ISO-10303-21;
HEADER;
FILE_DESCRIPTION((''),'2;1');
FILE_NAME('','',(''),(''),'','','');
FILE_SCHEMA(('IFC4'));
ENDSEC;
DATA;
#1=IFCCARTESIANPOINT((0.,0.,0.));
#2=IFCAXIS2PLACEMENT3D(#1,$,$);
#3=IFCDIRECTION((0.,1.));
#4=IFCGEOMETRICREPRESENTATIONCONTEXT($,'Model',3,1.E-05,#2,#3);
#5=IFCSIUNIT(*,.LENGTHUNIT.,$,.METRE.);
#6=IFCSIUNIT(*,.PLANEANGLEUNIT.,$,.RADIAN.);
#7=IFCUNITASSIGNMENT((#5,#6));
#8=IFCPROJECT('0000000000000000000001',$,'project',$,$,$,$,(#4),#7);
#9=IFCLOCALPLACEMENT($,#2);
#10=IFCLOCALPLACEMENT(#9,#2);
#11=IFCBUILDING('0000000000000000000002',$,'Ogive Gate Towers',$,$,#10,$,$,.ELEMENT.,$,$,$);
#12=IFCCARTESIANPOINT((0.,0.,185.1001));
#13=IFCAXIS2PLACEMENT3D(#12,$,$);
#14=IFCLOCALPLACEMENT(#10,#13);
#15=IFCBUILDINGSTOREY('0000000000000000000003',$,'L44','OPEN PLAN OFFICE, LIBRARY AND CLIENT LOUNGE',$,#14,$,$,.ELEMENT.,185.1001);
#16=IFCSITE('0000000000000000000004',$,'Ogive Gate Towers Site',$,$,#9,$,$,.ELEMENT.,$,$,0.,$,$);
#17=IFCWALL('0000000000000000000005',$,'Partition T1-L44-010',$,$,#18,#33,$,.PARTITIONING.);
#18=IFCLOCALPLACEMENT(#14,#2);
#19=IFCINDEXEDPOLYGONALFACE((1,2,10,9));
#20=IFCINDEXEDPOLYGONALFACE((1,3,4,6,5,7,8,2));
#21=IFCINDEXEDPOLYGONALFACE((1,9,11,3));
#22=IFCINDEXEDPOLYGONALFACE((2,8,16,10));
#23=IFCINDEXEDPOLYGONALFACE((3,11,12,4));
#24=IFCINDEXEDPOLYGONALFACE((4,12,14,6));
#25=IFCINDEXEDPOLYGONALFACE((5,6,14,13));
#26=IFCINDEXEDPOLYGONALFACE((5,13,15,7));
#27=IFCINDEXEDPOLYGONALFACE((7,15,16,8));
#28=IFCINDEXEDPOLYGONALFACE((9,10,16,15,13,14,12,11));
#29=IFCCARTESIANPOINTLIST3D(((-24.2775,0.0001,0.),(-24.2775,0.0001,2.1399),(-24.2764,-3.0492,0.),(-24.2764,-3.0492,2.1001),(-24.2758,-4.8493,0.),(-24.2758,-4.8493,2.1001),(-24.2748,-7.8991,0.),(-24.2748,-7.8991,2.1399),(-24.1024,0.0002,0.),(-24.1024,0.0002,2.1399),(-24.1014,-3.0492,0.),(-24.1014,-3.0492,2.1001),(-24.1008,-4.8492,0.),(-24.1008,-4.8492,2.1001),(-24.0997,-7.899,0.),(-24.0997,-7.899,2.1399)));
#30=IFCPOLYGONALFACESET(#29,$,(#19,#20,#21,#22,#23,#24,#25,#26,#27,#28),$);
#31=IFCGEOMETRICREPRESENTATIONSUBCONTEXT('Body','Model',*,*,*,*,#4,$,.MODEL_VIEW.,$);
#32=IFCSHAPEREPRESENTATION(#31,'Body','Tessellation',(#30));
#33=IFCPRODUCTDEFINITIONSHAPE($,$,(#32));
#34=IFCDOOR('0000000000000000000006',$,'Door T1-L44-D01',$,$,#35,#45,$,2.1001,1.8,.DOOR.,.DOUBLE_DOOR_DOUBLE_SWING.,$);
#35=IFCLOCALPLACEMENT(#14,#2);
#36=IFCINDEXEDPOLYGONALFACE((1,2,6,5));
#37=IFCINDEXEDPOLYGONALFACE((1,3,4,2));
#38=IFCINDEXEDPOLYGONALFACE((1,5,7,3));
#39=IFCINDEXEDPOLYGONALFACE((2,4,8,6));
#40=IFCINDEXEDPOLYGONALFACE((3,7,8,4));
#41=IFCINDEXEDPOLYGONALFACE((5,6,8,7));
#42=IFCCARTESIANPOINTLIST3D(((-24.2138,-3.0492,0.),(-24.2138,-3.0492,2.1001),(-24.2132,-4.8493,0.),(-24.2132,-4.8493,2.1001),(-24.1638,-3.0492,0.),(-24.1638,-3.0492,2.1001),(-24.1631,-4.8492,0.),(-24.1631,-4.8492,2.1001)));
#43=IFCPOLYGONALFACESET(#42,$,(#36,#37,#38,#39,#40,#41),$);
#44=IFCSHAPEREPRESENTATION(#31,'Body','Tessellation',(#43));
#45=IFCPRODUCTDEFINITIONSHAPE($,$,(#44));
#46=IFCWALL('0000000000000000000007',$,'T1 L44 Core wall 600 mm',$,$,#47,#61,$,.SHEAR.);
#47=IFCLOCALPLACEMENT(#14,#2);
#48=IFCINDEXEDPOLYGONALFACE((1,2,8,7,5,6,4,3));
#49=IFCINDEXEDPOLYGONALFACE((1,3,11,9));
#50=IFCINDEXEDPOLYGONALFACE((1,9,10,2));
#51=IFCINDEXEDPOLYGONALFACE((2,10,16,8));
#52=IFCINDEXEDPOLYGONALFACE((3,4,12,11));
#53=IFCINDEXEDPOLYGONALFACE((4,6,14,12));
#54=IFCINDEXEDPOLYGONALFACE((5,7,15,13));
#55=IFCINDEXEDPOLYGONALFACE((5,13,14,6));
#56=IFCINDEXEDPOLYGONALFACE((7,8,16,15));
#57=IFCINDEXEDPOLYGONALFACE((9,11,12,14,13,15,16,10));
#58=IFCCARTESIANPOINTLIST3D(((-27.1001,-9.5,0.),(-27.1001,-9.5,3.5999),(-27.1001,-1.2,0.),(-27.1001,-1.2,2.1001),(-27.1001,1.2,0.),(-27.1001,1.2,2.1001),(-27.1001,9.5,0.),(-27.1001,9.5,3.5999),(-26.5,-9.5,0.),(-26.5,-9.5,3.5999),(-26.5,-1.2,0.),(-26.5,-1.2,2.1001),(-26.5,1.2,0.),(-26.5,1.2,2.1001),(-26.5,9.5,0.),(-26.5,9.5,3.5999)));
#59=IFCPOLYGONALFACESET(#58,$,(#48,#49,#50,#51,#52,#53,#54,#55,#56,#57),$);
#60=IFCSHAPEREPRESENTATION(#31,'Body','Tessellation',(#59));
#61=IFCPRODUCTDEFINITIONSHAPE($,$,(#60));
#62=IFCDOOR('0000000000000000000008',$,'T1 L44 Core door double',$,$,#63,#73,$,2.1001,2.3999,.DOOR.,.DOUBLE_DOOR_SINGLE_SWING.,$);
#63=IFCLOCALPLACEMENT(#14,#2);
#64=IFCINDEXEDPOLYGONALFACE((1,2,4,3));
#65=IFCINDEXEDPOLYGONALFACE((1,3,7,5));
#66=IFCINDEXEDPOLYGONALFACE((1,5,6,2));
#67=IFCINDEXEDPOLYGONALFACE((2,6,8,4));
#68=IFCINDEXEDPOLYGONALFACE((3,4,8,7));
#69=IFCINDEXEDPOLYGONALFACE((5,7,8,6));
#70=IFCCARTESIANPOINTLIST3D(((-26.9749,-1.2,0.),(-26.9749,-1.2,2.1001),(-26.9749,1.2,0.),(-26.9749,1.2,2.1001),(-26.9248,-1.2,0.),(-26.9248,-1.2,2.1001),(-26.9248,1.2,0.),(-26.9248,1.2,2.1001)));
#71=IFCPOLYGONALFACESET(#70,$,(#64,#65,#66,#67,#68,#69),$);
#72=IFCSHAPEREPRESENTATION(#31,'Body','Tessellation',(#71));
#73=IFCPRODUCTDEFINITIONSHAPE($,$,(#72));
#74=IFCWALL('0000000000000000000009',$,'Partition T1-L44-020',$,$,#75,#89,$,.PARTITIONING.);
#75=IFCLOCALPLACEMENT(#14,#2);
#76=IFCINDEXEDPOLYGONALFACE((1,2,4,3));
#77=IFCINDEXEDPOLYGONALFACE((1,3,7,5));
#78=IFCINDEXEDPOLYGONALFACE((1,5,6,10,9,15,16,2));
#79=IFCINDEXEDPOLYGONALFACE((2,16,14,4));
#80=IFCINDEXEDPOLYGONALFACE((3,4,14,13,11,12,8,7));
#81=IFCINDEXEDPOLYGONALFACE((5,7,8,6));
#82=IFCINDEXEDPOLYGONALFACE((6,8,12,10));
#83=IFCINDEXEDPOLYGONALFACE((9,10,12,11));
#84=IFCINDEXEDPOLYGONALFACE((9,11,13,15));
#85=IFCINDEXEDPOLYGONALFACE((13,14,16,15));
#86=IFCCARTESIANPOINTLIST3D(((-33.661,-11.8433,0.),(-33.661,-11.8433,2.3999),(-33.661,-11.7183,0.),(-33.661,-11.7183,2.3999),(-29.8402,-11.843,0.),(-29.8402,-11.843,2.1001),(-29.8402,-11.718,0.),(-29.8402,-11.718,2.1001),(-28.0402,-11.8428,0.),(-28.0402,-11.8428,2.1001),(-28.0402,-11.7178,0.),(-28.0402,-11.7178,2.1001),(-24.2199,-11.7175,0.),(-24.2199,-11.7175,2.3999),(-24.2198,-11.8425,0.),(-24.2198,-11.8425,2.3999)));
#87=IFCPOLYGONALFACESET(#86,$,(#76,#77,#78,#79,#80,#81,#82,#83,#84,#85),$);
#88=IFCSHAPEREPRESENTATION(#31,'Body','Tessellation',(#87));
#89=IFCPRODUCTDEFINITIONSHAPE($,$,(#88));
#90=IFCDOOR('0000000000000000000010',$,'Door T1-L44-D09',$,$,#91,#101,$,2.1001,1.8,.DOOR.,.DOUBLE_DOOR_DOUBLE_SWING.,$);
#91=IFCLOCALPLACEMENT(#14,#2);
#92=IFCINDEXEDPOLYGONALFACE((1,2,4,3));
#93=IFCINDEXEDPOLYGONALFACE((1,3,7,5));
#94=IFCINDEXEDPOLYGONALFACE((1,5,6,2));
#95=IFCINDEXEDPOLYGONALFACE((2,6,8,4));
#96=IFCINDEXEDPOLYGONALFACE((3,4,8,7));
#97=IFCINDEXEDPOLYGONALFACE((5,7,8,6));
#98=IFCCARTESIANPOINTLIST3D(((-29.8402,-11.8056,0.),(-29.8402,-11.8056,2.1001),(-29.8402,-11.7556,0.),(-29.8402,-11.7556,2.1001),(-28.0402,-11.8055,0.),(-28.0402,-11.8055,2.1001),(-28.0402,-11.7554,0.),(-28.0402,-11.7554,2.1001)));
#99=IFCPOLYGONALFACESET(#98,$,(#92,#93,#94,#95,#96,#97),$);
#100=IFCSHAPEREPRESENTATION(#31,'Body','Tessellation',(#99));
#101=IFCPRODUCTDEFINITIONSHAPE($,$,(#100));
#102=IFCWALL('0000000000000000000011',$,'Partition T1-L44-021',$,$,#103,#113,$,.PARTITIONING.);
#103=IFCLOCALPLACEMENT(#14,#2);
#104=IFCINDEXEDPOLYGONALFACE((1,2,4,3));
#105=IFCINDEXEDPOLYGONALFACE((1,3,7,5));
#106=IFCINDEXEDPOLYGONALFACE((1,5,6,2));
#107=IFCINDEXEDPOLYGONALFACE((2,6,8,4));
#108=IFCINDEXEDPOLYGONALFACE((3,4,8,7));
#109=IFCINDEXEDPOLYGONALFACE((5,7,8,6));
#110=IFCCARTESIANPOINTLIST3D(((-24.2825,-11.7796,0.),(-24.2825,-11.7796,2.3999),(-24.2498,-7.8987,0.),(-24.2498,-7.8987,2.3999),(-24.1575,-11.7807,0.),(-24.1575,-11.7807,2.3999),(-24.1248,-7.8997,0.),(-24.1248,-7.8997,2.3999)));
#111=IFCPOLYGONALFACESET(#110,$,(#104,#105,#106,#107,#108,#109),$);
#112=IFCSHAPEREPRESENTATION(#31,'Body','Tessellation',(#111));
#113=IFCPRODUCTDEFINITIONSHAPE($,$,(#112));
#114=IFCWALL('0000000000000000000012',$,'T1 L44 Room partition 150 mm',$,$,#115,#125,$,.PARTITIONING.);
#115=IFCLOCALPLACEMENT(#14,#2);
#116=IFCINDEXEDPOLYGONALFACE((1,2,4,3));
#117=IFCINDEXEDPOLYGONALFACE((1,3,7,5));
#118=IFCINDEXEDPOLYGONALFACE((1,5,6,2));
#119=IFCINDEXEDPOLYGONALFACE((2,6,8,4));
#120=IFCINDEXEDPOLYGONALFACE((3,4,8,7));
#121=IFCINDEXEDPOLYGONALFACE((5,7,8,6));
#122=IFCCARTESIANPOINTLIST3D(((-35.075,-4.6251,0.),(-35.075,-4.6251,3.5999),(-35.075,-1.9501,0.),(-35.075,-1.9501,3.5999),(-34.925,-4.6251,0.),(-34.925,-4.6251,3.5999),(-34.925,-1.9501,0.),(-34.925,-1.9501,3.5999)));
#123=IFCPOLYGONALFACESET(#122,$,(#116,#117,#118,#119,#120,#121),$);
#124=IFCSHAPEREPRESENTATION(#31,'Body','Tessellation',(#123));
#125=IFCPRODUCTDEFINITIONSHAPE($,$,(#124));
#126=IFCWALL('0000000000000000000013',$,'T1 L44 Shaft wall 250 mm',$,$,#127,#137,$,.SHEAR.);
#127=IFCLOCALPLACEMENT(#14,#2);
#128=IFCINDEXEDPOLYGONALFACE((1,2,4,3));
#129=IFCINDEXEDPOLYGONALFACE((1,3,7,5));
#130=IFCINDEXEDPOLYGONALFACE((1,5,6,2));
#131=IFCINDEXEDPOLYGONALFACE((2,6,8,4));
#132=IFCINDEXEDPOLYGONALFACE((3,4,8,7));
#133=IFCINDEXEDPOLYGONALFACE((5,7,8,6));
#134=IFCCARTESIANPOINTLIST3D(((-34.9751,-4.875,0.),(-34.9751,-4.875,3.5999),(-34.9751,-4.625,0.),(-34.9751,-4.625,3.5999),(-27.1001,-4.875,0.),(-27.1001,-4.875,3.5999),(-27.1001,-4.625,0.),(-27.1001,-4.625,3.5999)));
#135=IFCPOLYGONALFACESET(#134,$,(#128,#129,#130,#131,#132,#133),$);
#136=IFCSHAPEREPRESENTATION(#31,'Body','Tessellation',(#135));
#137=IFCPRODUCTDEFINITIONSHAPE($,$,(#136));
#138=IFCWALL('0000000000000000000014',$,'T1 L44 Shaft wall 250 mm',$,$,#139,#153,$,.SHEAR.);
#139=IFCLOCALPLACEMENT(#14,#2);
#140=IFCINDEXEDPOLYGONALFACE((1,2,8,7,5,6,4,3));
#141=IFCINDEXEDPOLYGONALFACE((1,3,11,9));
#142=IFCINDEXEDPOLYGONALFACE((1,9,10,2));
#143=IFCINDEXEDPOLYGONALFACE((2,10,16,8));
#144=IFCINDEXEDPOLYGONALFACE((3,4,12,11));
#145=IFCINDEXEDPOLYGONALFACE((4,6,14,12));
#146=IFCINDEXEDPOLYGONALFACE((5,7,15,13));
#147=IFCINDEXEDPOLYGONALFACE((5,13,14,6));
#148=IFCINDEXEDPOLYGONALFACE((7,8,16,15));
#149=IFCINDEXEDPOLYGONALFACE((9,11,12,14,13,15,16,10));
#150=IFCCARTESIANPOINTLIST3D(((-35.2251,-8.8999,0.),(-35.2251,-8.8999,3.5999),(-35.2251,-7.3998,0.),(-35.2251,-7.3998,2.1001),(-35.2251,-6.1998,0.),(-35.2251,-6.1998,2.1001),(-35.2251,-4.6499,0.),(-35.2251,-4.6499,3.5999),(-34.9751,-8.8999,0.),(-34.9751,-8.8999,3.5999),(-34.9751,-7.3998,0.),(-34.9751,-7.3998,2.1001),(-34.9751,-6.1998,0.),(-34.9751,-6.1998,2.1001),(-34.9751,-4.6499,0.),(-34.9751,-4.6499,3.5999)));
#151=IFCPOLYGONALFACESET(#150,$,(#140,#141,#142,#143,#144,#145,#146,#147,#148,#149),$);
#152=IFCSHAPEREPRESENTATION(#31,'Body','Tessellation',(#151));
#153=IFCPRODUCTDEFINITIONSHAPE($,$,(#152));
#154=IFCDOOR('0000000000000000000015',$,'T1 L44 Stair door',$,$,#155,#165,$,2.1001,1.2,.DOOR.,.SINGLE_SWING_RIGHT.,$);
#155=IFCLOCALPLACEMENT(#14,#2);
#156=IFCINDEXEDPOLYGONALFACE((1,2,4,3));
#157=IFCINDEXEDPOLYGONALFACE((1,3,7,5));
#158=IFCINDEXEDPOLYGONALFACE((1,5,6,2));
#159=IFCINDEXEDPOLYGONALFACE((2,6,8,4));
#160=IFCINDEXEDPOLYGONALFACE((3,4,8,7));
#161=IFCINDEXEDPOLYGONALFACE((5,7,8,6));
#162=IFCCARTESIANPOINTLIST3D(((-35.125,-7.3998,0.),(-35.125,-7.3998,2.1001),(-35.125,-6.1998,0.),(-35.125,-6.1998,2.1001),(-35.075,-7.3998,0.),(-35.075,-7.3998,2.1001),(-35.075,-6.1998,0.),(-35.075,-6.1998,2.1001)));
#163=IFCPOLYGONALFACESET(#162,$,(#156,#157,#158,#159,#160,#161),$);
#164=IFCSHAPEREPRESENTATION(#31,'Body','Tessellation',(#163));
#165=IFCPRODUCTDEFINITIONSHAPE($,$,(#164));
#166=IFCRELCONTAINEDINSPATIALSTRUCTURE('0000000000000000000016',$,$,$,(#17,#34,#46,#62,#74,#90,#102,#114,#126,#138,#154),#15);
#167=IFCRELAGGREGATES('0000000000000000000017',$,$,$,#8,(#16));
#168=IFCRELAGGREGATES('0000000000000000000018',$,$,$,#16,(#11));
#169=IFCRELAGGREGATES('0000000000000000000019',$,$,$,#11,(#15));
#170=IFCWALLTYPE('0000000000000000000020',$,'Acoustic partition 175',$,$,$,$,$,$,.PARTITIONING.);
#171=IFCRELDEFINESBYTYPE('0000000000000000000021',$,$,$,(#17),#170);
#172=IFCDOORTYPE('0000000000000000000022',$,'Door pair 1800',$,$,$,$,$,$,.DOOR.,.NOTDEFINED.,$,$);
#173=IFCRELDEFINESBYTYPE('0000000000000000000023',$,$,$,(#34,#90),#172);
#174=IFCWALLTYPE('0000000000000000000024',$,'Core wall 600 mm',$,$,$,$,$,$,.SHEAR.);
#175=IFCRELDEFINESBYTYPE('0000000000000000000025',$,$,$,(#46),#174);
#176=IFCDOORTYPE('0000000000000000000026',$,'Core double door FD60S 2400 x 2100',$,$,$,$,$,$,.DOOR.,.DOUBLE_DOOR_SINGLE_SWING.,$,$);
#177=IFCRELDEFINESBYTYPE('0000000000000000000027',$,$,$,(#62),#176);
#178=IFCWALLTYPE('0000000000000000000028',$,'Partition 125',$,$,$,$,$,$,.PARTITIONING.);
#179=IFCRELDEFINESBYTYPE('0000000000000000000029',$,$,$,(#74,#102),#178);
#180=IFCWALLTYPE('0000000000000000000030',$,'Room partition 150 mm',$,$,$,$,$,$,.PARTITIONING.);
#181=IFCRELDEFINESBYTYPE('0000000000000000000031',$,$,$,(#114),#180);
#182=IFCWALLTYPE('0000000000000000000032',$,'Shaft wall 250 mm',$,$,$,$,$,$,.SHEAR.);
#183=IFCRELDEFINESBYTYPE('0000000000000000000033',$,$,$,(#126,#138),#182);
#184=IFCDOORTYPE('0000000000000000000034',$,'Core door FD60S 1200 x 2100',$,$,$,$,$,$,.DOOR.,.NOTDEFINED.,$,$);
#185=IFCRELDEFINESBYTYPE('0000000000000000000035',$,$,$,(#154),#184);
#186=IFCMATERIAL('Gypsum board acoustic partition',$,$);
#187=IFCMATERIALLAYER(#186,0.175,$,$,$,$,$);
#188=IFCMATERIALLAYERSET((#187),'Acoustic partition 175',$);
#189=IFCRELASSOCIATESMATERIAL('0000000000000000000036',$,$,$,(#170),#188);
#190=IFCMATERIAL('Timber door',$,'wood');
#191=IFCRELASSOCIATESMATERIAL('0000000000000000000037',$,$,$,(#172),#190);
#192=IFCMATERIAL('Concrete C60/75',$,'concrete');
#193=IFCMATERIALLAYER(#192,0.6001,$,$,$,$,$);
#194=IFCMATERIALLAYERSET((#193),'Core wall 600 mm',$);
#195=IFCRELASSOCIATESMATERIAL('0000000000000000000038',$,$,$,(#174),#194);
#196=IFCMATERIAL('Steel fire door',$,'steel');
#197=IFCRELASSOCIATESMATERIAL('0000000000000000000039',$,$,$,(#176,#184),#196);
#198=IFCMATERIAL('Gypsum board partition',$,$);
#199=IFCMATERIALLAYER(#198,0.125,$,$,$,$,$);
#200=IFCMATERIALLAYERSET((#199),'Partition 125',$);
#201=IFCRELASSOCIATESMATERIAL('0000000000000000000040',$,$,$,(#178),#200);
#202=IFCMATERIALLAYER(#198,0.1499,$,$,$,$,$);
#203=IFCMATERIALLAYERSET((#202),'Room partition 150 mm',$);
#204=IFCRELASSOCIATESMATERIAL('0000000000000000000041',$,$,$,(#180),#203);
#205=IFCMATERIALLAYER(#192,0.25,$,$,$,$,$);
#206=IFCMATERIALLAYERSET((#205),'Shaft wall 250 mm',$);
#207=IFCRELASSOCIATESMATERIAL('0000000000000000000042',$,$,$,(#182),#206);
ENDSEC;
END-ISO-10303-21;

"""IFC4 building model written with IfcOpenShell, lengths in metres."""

from ifc_helpers import new_model, si_unit, direction, frame, frame_2d, origin, place, context, subcontext, project, spatial, rectangle, extrude, material, layer, layer_set, type_object, element, fill, save


model = new_model("IFC4")

# Units and contexts
model_context = context("Model", 3, precision=1e-05, world=origin(), true_north=direction((0.0, 1.0)))
body_context = subcontext(model_context, "Body", "Model", "MODEL_VIEW")
ifc_project = project(units=[si_unit("LENGTHUNIT", "METRE"), si_unit("PLANEANGLEUNIT", "RADIAN")], contexts=[model_context])

# Site, building, storey
site_placement = place(None, origin())
site = spatial("IfcSite", under=ifc_project, at=site_placement, Name="Ogive Gate Towers Site", CompositionType="ELEMENT", RefElevation=0.0)
building_placement = place(site_placement, origin())
building = spatial("IfcBuilding", under=site, at=building_placement, Name="Ogive Gate Towers", CompositionType="ELEMENT")
storey_placement = place(building_placement, frame((0.0, 0.0, 185.1001)))
storey = spatial("IfcBuildingStorey", under=building, at=storey_placement, Name="L44", Description="OPEN PLAN OFFICE, LIBRARY AND CLIENT LOUNGE", CompositionType="ELEMENT", Elevation=185.1001)

# Shared definitions
ifc_material_1 = material(Name="Gypsum board acoustic partition")
ifc_layer_1 = layer(ifc_material_1, 0.175)
ifc_layer_set_1 = layer_set([ifc_layer_1], Name="Acoustic partition 175")
wall_type_1 = type_object("IfcWallType", Name="Acoustic partition 175", PredefinedType="PARTITIONING", material=ifc_layer_set_1)

# Walls, openings, doors
wall_1_placement = place(storey_placement, frame((-24.1873, -7.8992, 0.0), z_axis=(0.0, 0.0, 1.0), x_axis=(-0.00034, 1.0, 0.0)))
wall_1 = element("IfcWall", 1, at=wall_1_placement, inside=storey, type_object=wall_type_1, Name="Partition T1-L44-010", PredefinedType="PARTITIONING", context=body_context, shape_type="SweptSolid", body=[
    extrude(rectangle(XDim=7.8992, YDim=0.175, at=frame_2d((3.9497, 0.0))), origin(), (0.0, 0.0, 1.0), 2.1399),
])
opening_1_placement = place(wall_1_placement, frame((3.05, 0.0, 0.0)))
opening_1 = element("IfcOpeningElement", 2, at=opening_1_placement, cuts=wall_1, PredefinedType="OPENING", context=body_context, shape_type="SweptSolid", body=[
    extrude(rectangle(XDim=1.8, YDim=2.1001, at=frame_2d((0.8999, 1.05))), frame((0.0, 0.0977, 0.0), z_axis=(0.0, -1.0, 0.0), x_axis=(1.0, 0.0, 0.0)), (0.0, 0.0, 1.0), 0.1951),
])
ifc_material_2 = material(Name="Timber door", Category="wood")
door_type_1 = type_object("IfcDoorType", Name="Door pair 1800", OperationType="NOTDEFINED", PredefinedType="DOOR", material=ifc_material_2)
door_1_placement = place(opening_1_placement, origin())
door_1 = element("IfcDoor", 3, at=door_1_placement, inside=storey, type_object=door_type_1, Name="Door T1-L44-D01", OperationType="DOUBLE_DOOR_DOUBLE_SWING", OverallHeight=2.1001, OverallWidth=1.8, PredefinedType="DOOR", context=body_context, shape_type="SweptSolid", body=[
    extrude(rectangle(XDim=1.8, YDim=2.1001, at=frame_2d((0.8999, 1.05))), frame((0.0, 0.0249, 0.0), z_axis=(0.0, -1.0, 0.0), x_axis=(1.0, 0.0, 0.0)), (0.0, 0.0, 1.0), 0.05),
])
fill(opening_1, door_1)
ifc_material_3 = material(Name="Concrete C60/75", Category="concrete")
ifc_layer_2 = layer(ifc_material_3, 0.6001)
ifc_layer_set_2 = layer_set([ifc_layer_2], Name="Core wall 600 mm")
wall_type_2 = type_object("IfcWallType", Name="Core wall 600 mm", PredefinedType="SHEAR", material=ifc_layer_set_2)
wall_2_placement = place(storey_placement, frame((-26.8, -9.5, 0.0), z_axis=(0.0, 0.0, 1.0), x_axis=(0.0, 1.0, 0.0)))
wall_2 = element("IfcWall", 4, at=wall_2_placement, inside=storey, type_object=wall_type_2, Name="T1 L44 Core wall 600 mm", PredefinedType="SHEAR", context=body_context, shape_type="SweptSolid", body=[
    extrude(rectangle(XDim=19.0, YDim=0.6001, at=frame_2d((9.5, 0.0))), origin(), (0.0, 0.0, 1.0), 3.5999),
])
opening_2_placement = place(wall_2_placement, frame((8.3, 0.0, 0.0)))
opening_2 = element("IfcOpeningElement", 5, at=opening_2_placement, cuts=wall_2, PredefinedType="OPENING", context=body_context, shape_type="SweptSolid", body=[
    extrude(rectangle(XDim=2.3999, YDim=2.1001, at=frame_2d((1.2, 1.05))), frame((0.0, 0.3101, 0.0), z_axis=(0.0, -1.0, 0.0), x_axis=(1.0, 0.0, 0.0)), (0.0, 0.0, 1.0), 0.6201),
])
ifc_material_4 = material(Name="Steel fire door", Category="steel")
door_type_2 = type_object("IfcDoorType", Name="Core double door FD60S 2400 x 2100", OperationType="DOUBLE_DOOR_SINGLE_SWING", PredefinedType="DOOR", material=ifc_material_4)
door_2_placement = place(opening_2_placement, origin())
door_2 = element("IfcDoor", 6, at=door_2_placement, inside=storey, type_object=door_type_2, Name="T1 L44 Core door double", OperationType="DOUBLE_DOOR_SINGLE_SWING", OverallHeight=2.1001, OverallWidth=2.3999, PredefinedType="DOOR", context=body_context, shape_type="SweptSolid", body=[
    extrude(rectangle(XDim=2.3999, YDim=2.1001, at=frame_2d((1.2, 1.05))), frame((0.0, 0.1748, 0.0), z_axis=(0.0, -1.0, 0.0), x_axis=(1.0, 0.0, 0.0)), (0.0, 0.0, 1.0), 0.05),
])
fill(opening_2, door_2)
ifc_material_5 = material(Name="Gypsum board partition")
ifc_layer_3 = layer(ifc_material_5, 0.125)
ifc_layer_set_3 = layer_set([ifc_layer_3], Name="Partition 125")
wall_type_3 = type_object("IfcWallType", Name="Partition 125", PredefinedType="PARTITIONING", material=ifc_layer_set_3)
wall_3_placement = place(storey_placement, frame((-33.6611, -11.7808, 0.0), z_axis=(0.0, 0.0, 1.0), x_axis=(1.0, 0.000078, 0.0)))
wall_3 = element("IfcWall", 7, at=wall_3_placement, inside=storey, type_object=wall_type_3, Name="Partition T1-L44-020", PredefinedType="PARTITIONING", context=body_context, shape_type="SweptSolid", body=[
    extrude(rectangle(XDim=9.4412, YDim=0.125, at=frame_2d((4.7207, 0.0))), origin(), (0.0, 0.0, 1.0), 2.3999),
])
opening_3_placement = place(wall_3_placement, frame((3.821, 0.0, 0.0)))
opening_3 = element("IfcOpeningElement", 8, at=opening_3_placement, cuts=wall_3, PredefinedType="OPENING", context=body_context, shape_type="SweptSolid", body=[
    extrude(rectangle(XDim=1.8, YDim=2.1001, at=frame_2d((0.8999, 1.05))), frame((0.0, 0.0725, 0.0), z_axis=(0.0, -1.0, 0.0), x_axis=(1.0, 0.0, 0.0)), (0.0, 0.0, 1.0), 0.145),
])
door_3_placement = place(opening_3_placement, origin())
door_3 = element("IfcDoor", 9, at=door_3_placement, inside=storey, type_object=door_type_1, Name="Door T1-L44-D09", OperationType="DOUBLE_DOOR_DOUBLE_SWING", OverallHeight=2.1001, OverallWidth=1.8, PredefinedType="DOOR", context=body_context, shape_type="SweptSolid", body=[
    extrude(rectangle(XDim=1.8, YDim=2.1001, at=frame_2d((0.8999, 1.05))), frame((0.0, 0.0249, 0.0), z_axis=(0.0, -1.0, 0.0), x_axis=(1.0, 0.0, 0.0)), (0.0, 0.0, 1.0), 0.05),
])
fill(opening_3, door_3)

# Walls
wall_4_placement = place(storey_placement, frame((-24.22, -11.78, 0.0), z_axis=(0.0, 0.0, 1.0), x_axis=(0.008429, 0.999964, 0.0)))
element("IfcWall", 10, at=wall_4_placement, inside=storey, type_object=wall_type_3, Name="Partition T1-L44-021", PredefinedType="PARTITIONING", context=body_context, shape_type="SweptSolid", body=[
    extrude(rectangle(XDim=3.8811, YDim=0.125, at=frame_2d((1.9404, 0.0))), origin(), (0.0, 0.0, 1.0), 2.3999),
])
ifc_layer_4 = layer(ifc_material_5, 0.1499)
ifc_layer_set_4 = layer_set([ifc_layer_4], Name="Room partition 150 mm")
wall_type_4 = type_object("IfcWallType", Name="Room partition 150 mm", PredefinedType="PARTITIONING", material=ifc_layer_set_4)
wall_5_placement = place(storey_placement, frame((-35.0, -4.625, 0.0), z_axis=(0.0, 0.0, 1.0), x_axis=(0.0, 1.0, 0.0)))
element("IfcWall", 11, at=wall_5_placement, inside=storey, type_object=wall_type_4, Name="T1 L44 Room partition 150 mm", PredefinedType="PARTITIONING", context=body_context, shape_type="SweptSolid", body=[
    extrude(rectangle(XDim=2.675, YDim=0.1499, at=frame_2d((1.3374, 0.0))), origin(), (0.0, 0.0, 1.0), 3.5999),
])
ifc_layer_5 = layer(ifc_material_3, 0.25)
ifc_layer_set_5 = layer_set([ifc_layer_5], Name="Shaft wall 250 mm")
wall_type_5 = type_object("IfcWallType", Name="Shaft wall 250 mm", PredefinedType="SHEAR", material=ifc_layer_set_5)
wall_6_placement = place(storey_placement, frame((-34.9751, -4.75, 0.0), z_axis=(0.0, 0.0, 1.0), x_axis=(1.0, 0.0, 0.0)))
element("IfcWall", 12, at=wall_6_placement, inside=storey, type_object=wall_type_5, Name="T1 L44 Shaft wall 250 mm", PredefinedType="SHEAR", context=body_context, shape_type="SweptSolid", body=[
    extrude(rectangle(XDim=7.875, YDim=0.25, at=frame_2d((3.9375, 0.0))), origin(), (0.0, 0.0, 1.0), 3.5999),
])

# Wall, opening, door
wall_7_placement = place(storey_placement, frame((-35.1001, -8.8999, 0.0), z_axis=(0.0, 0.0, 1.0), x_axis=(0.0, 1.0, 0.0)))
wall_7 = element("IfcWall", 13, at=wall_7_placement, inside=storey, type_object=wall_type_5, Name="T1 L44 Shaft wall 250 mm", PredefinedType="SHEAR", context=body_context, shape_type="SweptSolid", body=[
    extrude(rectangle(XDim=4.25, YDim=0.25, at=frame_2d((2.125, 0.0))), origin(), (0.0, 0.0, 1.0), 3.5999),
])
opening_4_placement = place(wall_7_placement, frame((1.5, 0.0, 0.0)))
opening_4 = element("IfcOpeningElement", 14, at=opening_4_placement, cuts=wall_7, PredefinedType="OPENING", context=body_context, shape_type="SweptSolid", body=[
    extrude(rectangle(XDim=1.2, YDim=2.1001, at=frame_2d((0.6001, 1.05))), frame((0.0, 0.135, 0.0), z_axis=(0.0, -1.0, 0.0), x_axis=(1.0, 0.0, 0.0)), (0.0, 0.0, 1.0), 0.27),
])
door_type_3 = type_object("IfcDoorType", Name="Core door FD60S 1200 x 2100", OperationType="NOTDEFINED", PredefinedType="DOOR", material=ifc_material_4)
door_4_placement = place(opening_4_placement, origin())
door_4 = element("IfcDoor", 15, at=door_4_placement, inside=storey, type_object=door_type_3, Name="T1 L44 Stair door", OperationType="SINGLE_SWING_RIGHT", OverallHeight=2.1001, OverallWidth=1.2, PredefinedType="DOOR", context=body_context, shape_type="SweptSolid", body=[
    extrude(rectangle(XDim=1.2, YDim=2.1001, at=frame_2d((0.6001, 1.05))), frame((0.0, 0.0249, 0.0), z_axis=(0.0, -1.0, 0.0), x_axis=(1.0, 0.0, 0.0)), (0.0, 0.0, 1.0), 0.05),
])
fill(opening_4, door_4)

save(model, "model.ifc")
